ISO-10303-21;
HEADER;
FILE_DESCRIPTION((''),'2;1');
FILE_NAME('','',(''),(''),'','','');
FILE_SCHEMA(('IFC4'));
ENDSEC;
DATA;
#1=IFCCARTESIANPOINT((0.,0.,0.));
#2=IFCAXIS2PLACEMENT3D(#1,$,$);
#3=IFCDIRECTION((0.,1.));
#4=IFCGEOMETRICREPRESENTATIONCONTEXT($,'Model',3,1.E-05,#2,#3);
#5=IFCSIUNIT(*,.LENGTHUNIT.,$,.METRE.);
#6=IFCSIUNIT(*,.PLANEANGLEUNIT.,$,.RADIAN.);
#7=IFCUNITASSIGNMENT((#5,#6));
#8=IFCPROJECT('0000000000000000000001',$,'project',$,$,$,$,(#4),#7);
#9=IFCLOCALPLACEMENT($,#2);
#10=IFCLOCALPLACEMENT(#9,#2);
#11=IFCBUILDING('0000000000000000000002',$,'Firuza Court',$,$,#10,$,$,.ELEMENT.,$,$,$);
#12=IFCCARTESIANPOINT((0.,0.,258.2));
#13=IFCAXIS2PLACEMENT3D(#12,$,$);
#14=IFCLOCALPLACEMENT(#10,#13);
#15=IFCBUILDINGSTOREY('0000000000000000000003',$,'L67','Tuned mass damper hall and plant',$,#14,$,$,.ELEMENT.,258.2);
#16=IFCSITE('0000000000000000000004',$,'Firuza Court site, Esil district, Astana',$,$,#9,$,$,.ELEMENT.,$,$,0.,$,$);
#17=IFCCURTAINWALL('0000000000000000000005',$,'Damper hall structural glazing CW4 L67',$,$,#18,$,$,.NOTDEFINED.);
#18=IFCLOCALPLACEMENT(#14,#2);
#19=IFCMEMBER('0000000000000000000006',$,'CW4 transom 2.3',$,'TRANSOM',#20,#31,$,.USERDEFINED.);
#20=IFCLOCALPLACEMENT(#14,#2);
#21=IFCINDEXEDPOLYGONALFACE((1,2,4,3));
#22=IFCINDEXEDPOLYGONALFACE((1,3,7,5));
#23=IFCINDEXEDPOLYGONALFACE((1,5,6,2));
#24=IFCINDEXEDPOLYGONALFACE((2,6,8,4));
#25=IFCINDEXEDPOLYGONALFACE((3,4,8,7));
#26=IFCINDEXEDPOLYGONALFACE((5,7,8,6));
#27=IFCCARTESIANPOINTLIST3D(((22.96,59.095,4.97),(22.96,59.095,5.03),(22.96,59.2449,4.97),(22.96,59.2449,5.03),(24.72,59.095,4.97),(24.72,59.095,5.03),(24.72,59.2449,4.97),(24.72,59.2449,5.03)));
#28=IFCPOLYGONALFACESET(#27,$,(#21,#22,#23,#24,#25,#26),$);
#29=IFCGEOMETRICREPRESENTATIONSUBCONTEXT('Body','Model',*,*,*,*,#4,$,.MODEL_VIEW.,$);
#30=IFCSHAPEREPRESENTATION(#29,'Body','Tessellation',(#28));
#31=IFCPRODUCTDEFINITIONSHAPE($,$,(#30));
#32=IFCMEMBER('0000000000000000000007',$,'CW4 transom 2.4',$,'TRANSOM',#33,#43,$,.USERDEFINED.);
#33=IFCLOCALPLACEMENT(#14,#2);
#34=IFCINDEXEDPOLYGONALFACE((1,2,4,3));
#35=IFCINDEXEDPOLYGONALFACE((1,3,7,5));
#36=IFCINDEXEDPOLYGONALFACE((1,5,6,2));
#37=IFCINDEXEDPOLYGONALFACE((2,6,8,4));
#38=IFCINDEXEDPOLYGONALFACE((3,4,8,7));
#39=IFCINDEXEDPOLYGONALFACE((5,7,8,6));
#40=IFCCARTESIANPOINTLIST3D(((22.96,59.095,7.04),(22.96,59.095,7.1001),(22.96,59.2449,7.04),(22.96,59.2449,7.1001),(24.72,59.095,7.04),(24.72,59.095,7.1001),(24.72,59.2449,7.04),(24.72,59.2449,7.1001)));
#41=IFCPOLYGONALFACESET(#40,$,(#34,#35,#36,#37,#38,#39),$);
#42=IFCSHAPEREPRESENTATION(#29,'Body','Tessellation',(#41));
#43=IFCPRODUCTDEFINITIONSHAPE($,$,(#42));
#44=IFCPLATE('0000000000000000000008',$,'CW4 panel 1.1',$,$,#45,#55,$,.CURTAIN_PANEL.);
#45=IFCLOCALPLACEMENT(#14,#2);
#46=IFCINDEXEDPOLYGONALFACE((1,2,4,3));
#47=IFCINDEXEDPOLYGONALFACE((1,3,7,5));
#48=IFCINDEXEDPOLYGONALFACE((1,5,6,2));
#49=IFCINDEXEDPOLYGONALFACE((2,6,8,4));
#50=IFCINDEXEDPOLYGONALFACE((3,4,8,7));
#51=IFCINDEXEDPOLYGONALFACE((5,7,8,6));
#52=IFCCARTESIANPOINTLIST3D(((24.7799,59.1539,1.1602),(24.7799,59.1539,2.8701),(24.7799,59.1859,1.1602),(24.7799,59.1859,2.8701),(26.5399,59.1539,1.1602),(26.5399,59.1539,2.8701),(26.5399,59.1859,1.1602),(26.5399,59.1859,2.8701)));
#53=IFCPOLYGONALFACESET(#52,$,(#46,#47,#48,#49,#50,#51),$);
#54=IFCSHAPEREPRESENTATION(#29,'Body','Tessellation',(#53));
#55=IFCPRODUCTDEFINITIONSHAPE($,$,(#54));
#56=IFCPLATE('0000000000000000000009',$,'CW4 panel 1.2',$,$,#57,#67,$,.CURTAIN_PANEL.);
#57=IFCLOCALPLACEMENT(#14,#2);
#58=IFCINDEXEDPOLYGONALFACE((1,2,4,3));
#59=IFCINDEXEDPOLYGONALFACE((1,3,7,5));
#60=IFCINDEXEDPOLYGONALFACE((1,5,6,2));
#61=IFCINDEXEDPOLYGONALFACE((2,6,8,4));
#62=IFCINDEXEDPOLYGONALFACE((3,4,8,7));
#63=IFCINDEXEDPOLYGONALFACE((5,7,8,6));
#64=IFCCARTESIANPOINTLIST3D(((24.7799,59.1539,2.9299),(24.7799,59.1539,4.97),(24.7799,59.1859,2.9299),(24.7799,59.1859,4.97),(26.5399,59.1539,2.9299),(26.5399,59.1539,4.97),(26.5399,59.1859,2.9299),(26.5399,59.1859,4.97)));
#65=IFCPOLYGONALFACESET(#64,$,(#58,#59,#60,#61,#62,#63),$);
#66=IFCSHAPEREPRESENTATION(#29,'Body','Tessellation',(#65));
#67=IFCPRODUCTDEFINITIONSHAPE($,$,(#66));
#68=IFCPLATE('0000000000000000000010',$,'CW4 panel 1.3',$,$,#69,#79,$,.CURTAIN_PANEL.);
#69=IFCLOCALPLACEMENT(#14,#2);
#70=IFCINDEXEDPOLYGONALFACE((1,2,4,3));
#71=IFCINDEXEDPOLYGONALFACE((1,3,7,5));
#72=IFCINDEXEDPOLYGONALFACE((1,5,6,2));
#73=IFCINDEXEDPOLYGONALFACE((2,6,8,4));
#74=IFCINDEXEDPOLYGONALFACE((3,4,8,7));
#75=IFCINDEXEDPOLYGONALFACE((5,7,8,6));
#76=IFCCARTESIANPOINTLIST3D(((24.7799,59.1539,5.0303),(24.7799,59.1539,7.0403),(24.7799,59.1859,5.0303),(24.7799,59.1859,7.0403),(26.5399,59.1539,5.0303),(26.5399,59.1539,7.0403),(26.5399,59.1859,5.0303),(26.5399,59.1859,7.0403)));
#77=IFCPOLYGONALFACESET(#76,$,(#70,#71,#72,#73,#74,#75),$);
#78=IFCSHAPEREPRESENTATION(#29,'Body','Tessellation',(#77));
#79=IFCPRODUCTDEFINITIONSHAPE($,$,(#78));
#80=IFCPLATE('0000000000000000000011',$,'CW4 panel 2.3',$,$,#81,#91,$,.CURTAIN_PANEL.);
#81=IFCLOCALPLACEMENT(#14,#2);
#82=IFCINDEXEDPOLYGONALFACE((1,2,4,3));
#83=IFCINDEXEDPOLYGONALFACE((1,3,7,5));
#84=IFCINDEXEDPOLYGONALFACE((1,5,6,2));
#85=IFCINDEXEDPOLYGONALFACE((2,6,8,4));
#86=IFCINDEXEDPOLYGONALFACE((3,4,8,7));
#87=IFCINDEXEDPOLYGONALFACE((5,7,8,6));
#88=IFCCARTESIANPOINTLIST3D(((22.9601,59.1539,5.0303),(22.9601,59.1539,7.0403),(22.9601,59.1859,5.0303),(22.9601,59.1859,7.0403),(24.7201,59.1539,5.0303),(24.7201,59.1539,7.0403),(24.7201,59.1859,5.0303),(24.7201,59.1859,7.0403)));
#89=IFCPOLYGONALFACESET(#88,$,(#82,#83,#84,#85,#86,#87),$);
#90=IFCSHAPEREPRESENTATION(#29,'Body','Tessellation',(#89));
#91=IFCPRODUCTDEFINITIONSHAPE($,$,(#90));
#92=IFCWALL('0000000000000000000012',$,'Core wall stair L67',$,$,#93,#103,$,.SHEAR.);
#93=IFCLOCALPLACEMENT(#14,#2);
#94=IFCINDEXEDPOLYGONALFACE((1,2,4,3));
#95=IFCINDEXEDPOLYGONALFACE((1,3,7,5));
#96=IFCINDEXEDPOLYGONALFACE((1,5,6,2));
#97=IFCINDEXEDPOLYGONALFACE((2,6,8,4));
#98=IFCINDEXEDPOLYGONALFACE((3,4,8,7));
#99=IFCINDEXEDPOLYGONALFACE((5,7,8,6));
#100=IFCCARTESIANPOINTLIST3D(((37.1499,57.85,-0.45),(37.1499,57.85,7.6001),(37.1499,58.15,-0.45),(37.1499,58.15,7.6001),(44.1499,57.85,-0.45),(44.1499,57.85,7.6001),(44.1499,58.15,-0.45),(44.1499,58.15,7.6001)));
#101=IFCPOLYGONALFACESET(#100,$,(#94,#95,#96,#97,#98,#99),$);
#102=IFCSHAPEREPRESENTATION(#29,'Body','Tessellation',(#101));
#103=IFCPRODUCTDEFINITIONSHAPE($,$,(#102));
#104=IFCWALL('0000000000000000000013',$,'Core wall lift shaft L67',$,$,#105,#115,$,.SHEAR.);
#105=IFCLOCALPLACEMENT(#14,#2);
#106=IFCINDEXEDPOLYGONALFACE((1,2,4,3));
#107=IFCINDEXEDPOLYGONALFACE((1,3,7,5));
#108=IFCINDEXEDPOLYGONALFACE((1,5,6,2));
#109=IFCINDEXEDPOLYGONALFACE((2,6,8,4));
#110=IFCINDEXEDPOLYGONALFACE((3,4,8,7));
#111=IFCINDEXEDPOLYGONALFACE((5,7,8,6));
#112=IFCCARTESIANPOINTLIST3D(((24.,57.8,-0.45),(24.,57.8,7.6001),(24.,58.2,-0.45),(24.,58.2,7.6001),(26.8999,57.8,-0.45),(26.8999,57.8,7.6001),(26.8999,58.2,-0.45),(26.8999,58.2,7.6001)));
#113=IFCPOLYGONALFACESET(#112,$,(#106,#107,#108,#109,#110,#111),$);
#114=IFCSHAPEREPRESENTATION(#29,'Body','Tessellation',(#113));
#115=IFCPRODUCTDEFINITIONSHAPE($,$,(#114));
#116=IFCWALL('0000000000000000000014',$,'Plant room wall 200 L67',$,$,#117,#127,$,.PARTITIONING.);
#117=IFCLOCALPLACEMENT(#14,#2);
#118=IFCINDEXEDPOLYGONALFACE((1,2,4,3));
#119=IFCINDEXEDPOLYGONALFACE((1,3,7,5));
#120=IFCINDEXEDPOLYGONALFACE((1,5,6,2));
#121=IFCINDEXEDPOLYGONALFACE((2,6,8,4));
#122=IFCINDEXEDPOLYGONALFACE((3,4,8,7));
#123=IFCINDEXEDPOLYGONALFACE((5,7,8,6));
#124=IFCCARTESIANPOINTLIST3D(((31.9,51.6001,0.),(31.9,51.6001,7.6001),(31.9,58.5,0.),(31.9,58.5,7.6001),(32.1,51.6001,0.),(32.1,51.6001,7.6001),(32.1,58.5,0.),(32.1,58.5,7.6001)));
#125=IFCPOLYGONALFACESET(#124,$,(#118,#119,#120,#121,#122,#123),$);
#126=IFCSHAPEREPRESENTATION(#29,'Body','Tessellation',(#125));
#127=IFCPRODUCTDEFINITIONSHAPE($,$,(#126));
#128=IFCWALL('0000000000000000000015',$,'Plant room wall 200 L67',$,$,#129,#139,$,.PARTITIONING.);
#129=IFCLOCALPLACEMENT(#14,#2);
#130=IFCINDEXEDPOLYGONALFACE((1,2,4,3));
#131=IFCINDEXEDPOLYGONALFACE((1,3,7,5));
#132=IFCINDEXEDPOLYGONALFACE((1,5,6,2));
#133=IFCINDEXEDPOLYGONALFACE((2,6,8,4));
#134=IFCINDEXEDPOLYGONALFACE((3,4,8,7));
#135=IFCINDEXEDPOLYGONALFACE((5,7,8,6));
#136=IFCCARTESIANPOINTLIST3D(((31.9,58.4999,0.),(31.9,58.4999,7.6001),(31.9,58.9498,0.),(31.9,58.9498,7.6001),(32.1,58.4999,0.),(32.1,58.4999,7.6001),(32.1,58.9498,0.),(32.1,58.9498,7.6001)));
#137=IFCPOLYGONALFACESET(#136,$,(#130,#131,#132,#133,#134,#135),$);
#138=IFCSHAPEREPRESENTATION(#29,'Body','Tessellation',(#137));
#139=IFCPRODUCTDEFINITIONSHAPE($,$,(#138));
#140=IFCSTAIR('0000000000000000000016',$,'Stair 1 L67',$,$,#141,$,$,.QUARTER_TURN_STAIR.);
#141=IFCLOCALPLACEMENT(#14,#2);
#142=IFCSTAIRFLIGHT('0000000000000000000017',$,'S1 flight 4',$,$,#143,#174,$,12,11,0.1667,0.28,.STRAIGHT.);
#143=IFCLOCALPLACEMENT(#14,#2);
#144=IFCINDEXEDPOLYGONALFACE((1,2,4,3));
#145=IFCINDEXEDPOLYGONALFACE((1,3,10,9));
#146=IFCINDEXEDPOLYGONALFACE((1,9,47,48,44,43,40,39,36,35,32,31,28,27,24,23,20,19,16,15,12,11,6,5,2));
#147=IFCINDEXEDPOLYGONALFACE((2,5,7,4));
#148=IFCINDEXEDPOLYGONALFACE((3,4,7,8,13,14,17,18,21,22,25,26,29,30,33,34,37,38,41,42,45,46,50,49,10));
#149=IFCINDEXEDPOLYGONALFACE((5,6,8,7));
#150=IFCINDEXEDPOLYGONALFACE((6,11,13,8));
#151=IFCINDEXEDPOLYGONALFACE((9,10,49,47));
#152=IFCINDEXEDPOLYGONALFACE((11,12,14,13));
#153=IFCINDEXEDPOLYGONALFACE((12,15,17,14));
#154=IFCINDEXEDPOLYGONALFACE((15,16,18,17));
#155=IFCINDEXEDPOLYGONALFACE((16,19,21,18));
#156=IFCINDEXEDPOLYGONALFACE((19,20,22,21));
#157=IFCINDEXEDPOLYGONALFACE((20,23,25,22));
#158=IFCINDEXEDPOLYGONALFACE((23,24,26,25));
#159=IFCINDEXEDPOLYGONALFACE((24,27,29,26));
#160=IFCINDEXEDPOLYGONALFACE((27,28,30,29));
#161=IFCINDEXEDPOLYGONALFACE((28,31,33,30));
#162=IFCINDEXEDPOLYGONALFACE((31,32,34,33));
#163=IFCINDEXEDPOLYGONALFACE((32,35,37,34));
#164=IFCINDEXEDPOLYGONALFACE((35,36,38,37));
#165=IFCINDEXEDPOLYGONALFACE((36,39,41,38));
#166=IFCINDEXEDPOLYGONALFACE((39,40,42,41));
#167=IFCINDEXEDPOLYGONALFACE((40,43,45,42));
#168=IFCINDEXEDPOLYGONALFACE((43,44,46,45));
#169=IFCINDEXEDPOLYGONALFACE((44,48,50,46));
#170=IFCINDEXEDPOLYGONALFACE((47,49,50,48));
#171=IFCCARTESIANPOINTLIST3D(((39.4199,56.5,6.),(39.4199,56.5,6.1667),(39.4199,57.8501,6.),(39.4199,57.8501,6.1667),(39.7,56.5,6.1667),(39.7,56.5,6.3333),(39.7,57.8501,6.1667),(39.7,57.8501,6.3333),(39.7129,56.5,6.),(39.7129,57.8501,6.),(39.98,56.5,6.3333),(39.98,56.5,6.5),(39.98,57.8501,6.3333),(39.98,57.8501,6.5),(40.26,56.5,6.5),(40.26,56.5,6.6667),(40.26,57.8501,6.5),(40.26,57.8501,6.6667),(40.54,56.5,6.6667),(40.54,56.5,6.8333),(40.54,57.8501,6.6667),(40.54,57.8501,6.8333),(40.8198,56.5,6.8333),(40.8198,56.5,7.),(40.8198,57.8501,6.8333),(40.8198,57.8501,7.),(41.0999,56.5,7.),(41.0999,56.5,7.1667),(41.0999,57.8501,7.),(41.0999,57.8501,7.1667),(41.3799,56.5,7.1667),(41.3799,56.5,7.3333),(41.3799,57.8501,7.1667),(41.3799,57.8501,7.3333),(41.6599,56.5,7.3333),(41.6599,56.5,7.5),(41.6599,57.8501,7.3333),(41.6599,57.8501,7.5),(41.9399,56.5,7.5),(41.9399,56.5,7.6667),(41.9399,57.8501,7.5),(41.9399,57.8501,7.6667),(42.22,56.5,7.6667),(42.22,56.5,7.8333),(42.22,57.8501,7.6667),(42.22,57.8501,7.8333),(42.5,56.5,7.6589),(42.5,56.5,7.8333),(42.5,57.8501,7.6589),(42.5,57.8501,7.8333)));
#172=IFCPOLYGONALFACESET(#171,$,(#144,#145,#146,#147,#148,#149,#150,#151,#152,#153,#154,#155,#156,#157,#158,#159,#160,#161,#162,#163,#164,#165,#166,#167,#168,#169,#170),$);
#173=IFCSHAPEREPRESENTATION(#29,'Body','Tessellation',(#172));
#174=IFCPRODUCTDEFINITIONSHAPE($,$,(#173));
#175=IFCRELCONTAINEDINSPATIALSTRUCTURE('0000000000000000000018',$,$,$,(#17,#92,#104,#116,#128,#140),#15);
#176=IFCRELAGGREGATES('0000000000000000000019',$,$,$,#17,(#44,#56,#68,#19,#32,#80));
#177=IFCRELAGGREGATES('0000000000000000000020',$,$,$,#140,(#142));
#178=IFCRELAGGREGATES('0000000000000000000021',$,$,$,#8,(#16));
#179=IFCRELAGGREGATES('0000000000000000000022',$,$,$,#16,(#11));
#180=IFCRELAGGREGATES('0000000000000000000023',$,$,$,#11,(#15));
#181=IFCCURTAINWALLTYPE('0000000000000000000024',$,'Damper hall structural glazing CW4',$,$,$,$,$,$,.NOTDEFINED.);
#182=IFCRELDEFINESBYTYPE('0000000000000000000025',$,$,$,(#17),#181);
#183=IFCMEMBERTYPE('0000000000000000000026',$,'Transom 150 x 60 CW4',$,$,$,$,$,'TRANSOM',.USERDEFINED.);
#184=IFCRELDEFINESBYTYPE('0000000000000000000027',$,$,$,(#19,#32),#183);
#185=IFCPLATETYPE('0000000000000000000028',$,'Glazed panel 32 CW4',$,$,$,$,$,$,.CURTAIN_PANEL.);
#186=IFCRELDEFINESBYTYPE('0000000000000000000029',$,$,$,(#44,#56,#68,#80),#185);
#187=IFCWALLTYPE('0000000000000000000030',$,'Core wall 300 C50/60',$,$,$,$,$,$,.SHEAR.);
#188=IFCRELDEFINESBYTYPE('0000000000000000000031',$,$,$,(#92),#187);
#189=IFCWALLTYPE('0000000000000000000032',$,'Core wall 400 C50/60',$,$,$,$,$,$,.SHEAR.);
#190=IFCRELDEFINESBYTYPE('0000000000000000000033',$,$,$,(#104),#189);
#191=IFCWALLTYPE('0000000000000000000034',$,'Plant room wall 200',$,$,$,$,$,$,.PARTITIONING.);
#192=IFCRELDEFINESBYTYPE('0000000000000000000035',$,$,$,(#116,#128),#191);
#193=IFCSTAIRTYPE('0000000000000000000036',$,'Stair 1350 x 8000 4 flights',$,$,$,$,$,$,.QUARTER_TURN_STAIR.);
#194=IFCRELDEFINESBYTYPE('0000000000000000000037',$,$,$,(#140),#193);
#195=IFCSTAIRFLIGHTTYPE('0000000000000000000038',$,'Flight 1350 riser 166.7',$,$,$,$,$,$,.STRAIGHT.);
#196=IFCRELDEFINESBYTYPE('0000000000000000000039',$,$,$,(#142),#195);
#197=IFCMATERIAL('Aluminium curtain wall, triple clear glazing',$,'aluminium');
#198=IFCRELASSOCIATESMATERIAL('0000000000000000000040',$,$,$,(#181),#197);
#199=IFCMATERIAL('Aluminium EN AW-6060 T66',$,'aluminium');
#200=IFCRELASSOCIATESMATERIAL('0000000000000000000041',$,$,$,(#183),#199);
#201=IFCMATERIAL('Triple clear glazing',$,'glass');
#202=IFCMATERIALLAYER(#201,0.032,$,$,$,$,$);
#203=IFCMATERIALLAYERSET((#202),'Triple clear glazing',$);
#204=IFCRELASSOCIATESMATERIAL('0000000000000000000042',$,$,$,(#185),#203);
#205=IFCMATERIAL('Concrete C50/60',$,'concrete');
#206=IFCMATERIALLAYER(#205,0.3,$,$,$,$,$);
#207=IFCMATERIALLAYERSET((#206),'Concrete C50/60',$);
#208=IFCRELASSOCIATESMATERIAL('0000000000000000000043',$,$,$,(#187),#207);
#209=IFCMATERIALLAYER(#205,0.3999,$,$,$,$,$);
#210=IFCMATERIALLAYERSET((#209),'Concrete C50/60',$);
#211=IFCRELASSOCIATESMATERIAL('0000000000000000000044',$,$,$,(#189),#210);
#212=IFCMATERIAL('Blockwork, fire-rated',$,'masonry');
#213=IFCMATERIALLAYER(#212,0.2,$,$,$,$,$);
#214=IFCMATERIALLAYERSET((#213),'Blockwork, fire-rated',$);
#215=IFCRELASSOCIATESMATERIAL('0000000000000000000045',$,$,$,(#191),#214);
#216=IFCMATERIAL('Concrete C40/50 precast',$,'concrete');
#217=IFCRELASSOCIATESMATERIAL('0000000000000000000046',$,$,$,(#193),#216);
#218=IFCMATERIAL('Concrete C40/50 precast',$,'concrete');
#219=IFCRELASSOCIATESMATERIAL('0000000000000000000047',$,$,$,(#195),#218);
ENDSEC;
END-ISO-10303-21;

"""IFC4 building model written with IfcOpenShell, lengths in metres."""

from ifc_helpers import new_model, si_unit, direction, frame, frame_2d, origin, origin_2d, place, context, subcontext, project, spatial, polyline, rectangle, outline, extrude, material, layer, layer_set, material_profile, profile_set, type_object, element, aggregate, save


model = new_model("IFC4")

# Units and contexts
model_context = context("Model", 3, precision=1e-05, world=origin(), true_north=direction((0.0, 1.0)))
body_context = subcontext(model_context, "Body", "Model", "MODEL_VIEW")
ifc_project = project(units=[si_unit("LENGTHUNIT", "METRE"), si_unit("PLANEANGLEUNIT", "RADIAN")], contexts=[model_context])

# Site, building, storey
site_placement = place(None, origin())
site = spatial("IfcSite", under=ifc_project, at=site_placement, Name="Firuza Court site, Esil district, Astana", CompositionType="ELEMENT", RefElevation=0.0)
building_placement = place(site_placement, origin())
building = spatial("IfcBuilding", under=site, at=building_placement, Name="Firuza Court", CompositionType="ELEMENT")
storey_placement = place(building_placement, frame((0.0, 0.0, 258.2)))
storey = spatial("IfcBuildingStorey", under=building, at=storey_placement, Name="L67", Description="Tuned mass damper hall and plant", CompositionType="ELEMENT", Elevation=258.2)

# Curtain wall
ifc_material_1 = material(Name="Aluminium curtain wall, triple clear glazing", Category="aluminium")
curtain_wall_type = type_object("IfcCurtainWallType", Name="Damper hall structural glazing CW4", PredefinedType="NOTDEFINED", material=ifc_material_1)
curtain_wall_placement = place(storey_placement, origin())
curtain_wall = element("IfcCurtainWall", 1, at=curtain_wall_placement, inside=storey, type_object=curtain_wall_type, Name="Damper hall structural glazing CW4 L67", PredefinedType="NOTDEFINED")

# Members
ifc_material_2 = material(Name="Aluminium EN AW-6060 T66", Category="aluminium")
ifc_material_profile_1 = material_profile(ifc_material_2, rectangle(XDim=0.1499, YDim=0.0601, at=origin_2d()), Name="Transom 150 x 60 CW4")
ifc_profile_set_1 = profile_set([ifc_material_profile_1], Name="Aluminium EN AW-6060 T66")
member_type_1 = type_object("IfcMemberType", Name="Transom 150 x 60 CW4", ElementType="TRANSOM", PredefinedType="USERDEFINED", material=ifc_profile_set_1)
member_1_placement = place(storey_placement, frame((24.72, 59.1699, 5.0), z_axis=(-1.0, 0.0, 0.0), x_axis=(0.0, -1.0, 0.0)))
member_1 = element("IfcMember", 2, at=member_1_placement, type_object=member_type_1, Name="CW4 transom 2.3", ObjectType="TRANSOM", PredefinedType="USERDEFINED", context=body_context, shape_type="SweptSolid", body=[
    extrude(rectangle(XDim=0.1499, YDim=0.0601, at=origin_2d()), origin(), (0.0, 0.0, 1.0), 1.76),
])
member_2_placement = place(storey_placement, frame((24.72, 59.1699, 7.0701), z_axis=(-1.0, 0.0, 0.0), x_axis=(0.0, -1.0, 0.0)))
member_2 = element("IfcMember", 3, at=member_2_placement, type_object=member_type_1, Name="CW4 transom 2.4", ObjectType="TRANSOM", PredefinedType="USERDEFINED", context=body_context, shape_type="SweptSolid", body=[
    extrude(rectangle(XDim=0.1499, YDim=0.0601, at=origin_2d()), origin(), (0.0, 0.0, 1.0), 1.76),
])

# Plates
ifc_material_3 = material(Name="Triple clear glazing", Category="glass")
ifc_layer_1 = layer(ifc_material_3, 0.032)
ifc_layer_set_1 = layer_set([ifc_layer_1], Name="Triple clear glazing")
plate_type = type_object("IfcPlateType", Name="Glazed panel 32 CW4", PredefinedType="CURTAIN_PANEL", material=ifc_layer_set_1)
plate_1_placement = place(storey_placement, frame((25.6599, 59.1699, 1.1602), z_axis=(0.0, 0.0, 1.0), x_axis=(-1.0, 0.0, 0.0)))
plate_1 = element("IfcPlate", 4, at=plate_1_placement, type_object=plate_type, Name="CW4 panel 1.1", PredefinedType="CURTAIN_PANEL", context=body_context, shape_type="SweptSolid", body=[
    extrude(rectangle(XDim=1.76, YDim=0.032, at=origin_2d()), origin(), (0.0, 0.0, 1.0), 1.71),
])
plate_2_placement = place(storey_placement, frame((25.6599, 59.1699, 2.9299), z_axis=(0.0, 0.0, 1.0), x_axis=(-1.0, 0.0, 0.0)))
plate_2 = element("IfcPlate", 5, at=plate_2_placement, type_object=plate_type, Name="CW4 panel 1.2", PredefinedType="CURTAIN_PANEL", context=body_context, shape_type="SweptSolid", body=[
    extrude(rectangle(XDim=1.76, YDim=0.032, at=origin_2d()), origin(), (0.0, 0.0, 1.0), 2.04),
])
plate_3_placement = place(storey_placement, frame((25.6599, 59.1699, 5.0303), z_axis=(0.0, 0.0, 1.0), x_axis=(-1.0, 0.0, 0.0)))
plate_3 = element("IfcPlate", 6, at=plate_3_placement, type_object=plate_type, Name="CW4 panel 1.3", PredefinedType="CURTAIN_PANEL", context=body_context, shape_type="SweptSolid", body=[
    extrude(rectangle(XDim=1.76, YDim=0.032, at=origin_2d()), origin(), (0.0, 0.0, 1.0), 2.01),
])
plate_4_placement = place(storey_placement, frame((23.8401, 59.1699, 5.0303), z_axis=(0.0, 0.0, 1.0), x_axis=(-1.0, 0.0, 0.0)))
plate_4 = element("IfcPlate", 7, at=plate_4_placement, type_object=plate_type, Name="CW4 panel 2.3", PredefinedType="CURTAIN_PANEL", context=body_context, shape_type="SweptSolid", body=[
    extrude(rectangle(XDim=1.76, YDim=0.032, at=origin_2d()), origin(), (0.0, 0.0, 1.0), 2.01),
])
aggregate(curtain_wall, [plate_1, plate_2, plate_3, member_1, member_2, plate_4])

# Walls
ifc_material_4 = material(Name="Concrete C50/60", Category="concrete")
ifc_layer_2 = layer(ifc_material_4, 0.3)
ifc_layer_set_2 = layer_set([ifc_layer_2], Name="Concrete C50/60")
wall_type_1 = type_object("IfcWallType", Name="Core wall 300 C50/60", PredefinedType="SHEAR", material=ifc_layer_set_2)
wall_1_placement = place(storey_placement, frame((37.1499, 58.0, -0.45), z_axis=(0.0, 0.0, 1.0), x_axis=(1.0, 0.0, 0.0)))
element("IfcWall", 8, at=wall_1_placement, inside=storey, type_object=wall_type_1, Name="Core wall stair L67", PredefinedType="SHEAR", context=body_context, shape_type="SweptSolid", body=[
    extrude(rectangle(XDim=7.0, YDim=0.3, at=frame_2d((3.5, 0.0))), origin(), (0.0, 0.0, 1.0), 8.05),
])
ifc_layer_3 = layer(ifc_material_4, 0.3999)
ifc_layer_set_3 = layer_set([ifc_layer_3], Name="Concrete C50/60")
wall_type_2 = type_object("IfcWallType", Name="Core wall 400 C50/60", PredefinedType="SHEAR", material=ifc_layer_set_3)
wall_2_placement = place(storey_placement, frame((24.0, 58.0, -0.45), z_axis=(0.0, 0.0, 1.0), x_axis=(1.0, 0.0, 0.0)))
element("IfcWall", 9, at=wall_2_placement, inside=storey, type_object=wall_type_2, Name="Core wall lift shaft L67", PredefinedType="SHEAR", context=body_context, shape_type="SweptSolid", body=[
    extrude(rectangle(XDim=2.8999, YDim=0.3999, at=frame_2d((1.45, 0.0))), origin(), (0.0, 0.0, 1.0), 8.05),
])
ifc_material_5 = material(Name="Blockwork, fire-rated", Category="masonry")
ifc_layer_4 = layer(ifc_material_5, 0.2)
ifc_layer_set_4 = layer_set([ifc_layer_4], Name="Blockwork, fire-rated")
wall_type_3 = type_object("IfcWallType", Name="Plant room wall 200", PredefinedType="PARTITIONING", material=ifc_layer_set_4)
wall_3_placement = place(storey_placement, frame((32.0, 58.5, 0.0), z_axis=(0.0, 0.0, 1.0), x_axis=(0.0, -1.0, 0.0)))
element("IfcWall", 10, at=wall_3_placement, inside=storey, type_object=wall_type_3, Name="Plant room wall 200 L67", PredefinedType="PARTITIONING", context=body_context, shape_type="SweptSolid", body=[
    extrude(rectangle(XDim=6.8999, YDim=0.2, at=frame_2d((3.45, 0.0))), origin(), (0.0, 0.0, 1.0), 7.6001),
])
wall_4_placement = place(storey_placement, frame((32.0, 58.95, 0.0), z_axis=(0.0, 0.0, 1.0), x_axis=(0.0, -1.0, 0.0)))
element("IfcWall", 11, at=wall_4_placement, inside=storey, type_object=wall_type_3, Name="Plant room wall 200 L67", PredefinedType="PARTITIONING", context=body_context, shape_type="SweptSolid", body=[
    extrude(rectangle(XDim=0.45, YDim=0.2, at=frame_2d((0.2251, 0.0))), origin(), (0.0, 0.0, 1.0), 7.6001),
])

# Stair, stair flight
ifc_material_6 = material(Name="Concrete C40/50 precast", Category="concrete")
stair_type = type_object("IfcStairType", Name="Stair 1350 x 8000 4 flights", PredefinedType="QUARTER_TURN_STAIR", material=ifc_material_6)
stair_placement = place(storey_placement, origin())
stair = element("IfcStair", 12, at=stair_placement, inside=storey, type_object=stair_type, Name="Stair 1 L67", PredefinedType="QUARTER_TURN_STAIR")
ifc_material_7 = material(Name="Concrete C40/50 precast", Category="concrete")
stair_flight_type = type_object("IfcStairFlightType", Name="Flight 1350 riser 166.7", PredefinedType="STRAIGHT", material=ifc_material_7)
stair_flight_placement = place(storey_placement, frame((39.4199, 57.175, 6.0), z_axis=(0.0, 0.0, 1.0), x_axis=(1.0, 0.0, 0.0)))
stair_flight = element("IfcStairFlight", 13, at=stair_flight_placement, type_object=stair_flight_type, Name="S1 flight 4", NumberOfRisers=12, NumberOfTreads=11, PredefinedType="STRAIGHT", RiserHeight=0.1667, TreadLength=0.28, context=body_context, shape_type="SweptSolid", body=[
    extrude(outline(polyline([(0.0, 0.0), (0.0, 0.1667), (0.28, 0.1667), (0.28, 0.3333), (0.5601, 0.3333), (0.5601, 0.5), (0.8401, 0.5), (0.8401, 0.6667), (1.1201, 0.6667), (1.1201, 0.8333), (1.3999, 0.8333), (1.3999, 1.0), (1.6799, 1.0), (1.6799, 1.1667), (1.96, 1.1667), (1.96, 1.3333), (2.24, 1.3333), (2.24, 1.5), (2.52, 1.5), (2.52, 1.6667), (2.8, 1.6667), (2.8, 1.8333), (3.0801, 1.8333), (3.0801, 2.0), (3.0801, 1.6589), (0.293, 0.0), (0.0, 0.0)])), frame((0.0, 0.675, 0.0), z_axis=(0.0, -1.0, 0.0), x_axis=(1.0, 0.0, 0.0)), (0.0, 0.0, 1.0), 1.3501),
])
aggregate(stair, [stair_flight])

save(model, "model.ifc")
